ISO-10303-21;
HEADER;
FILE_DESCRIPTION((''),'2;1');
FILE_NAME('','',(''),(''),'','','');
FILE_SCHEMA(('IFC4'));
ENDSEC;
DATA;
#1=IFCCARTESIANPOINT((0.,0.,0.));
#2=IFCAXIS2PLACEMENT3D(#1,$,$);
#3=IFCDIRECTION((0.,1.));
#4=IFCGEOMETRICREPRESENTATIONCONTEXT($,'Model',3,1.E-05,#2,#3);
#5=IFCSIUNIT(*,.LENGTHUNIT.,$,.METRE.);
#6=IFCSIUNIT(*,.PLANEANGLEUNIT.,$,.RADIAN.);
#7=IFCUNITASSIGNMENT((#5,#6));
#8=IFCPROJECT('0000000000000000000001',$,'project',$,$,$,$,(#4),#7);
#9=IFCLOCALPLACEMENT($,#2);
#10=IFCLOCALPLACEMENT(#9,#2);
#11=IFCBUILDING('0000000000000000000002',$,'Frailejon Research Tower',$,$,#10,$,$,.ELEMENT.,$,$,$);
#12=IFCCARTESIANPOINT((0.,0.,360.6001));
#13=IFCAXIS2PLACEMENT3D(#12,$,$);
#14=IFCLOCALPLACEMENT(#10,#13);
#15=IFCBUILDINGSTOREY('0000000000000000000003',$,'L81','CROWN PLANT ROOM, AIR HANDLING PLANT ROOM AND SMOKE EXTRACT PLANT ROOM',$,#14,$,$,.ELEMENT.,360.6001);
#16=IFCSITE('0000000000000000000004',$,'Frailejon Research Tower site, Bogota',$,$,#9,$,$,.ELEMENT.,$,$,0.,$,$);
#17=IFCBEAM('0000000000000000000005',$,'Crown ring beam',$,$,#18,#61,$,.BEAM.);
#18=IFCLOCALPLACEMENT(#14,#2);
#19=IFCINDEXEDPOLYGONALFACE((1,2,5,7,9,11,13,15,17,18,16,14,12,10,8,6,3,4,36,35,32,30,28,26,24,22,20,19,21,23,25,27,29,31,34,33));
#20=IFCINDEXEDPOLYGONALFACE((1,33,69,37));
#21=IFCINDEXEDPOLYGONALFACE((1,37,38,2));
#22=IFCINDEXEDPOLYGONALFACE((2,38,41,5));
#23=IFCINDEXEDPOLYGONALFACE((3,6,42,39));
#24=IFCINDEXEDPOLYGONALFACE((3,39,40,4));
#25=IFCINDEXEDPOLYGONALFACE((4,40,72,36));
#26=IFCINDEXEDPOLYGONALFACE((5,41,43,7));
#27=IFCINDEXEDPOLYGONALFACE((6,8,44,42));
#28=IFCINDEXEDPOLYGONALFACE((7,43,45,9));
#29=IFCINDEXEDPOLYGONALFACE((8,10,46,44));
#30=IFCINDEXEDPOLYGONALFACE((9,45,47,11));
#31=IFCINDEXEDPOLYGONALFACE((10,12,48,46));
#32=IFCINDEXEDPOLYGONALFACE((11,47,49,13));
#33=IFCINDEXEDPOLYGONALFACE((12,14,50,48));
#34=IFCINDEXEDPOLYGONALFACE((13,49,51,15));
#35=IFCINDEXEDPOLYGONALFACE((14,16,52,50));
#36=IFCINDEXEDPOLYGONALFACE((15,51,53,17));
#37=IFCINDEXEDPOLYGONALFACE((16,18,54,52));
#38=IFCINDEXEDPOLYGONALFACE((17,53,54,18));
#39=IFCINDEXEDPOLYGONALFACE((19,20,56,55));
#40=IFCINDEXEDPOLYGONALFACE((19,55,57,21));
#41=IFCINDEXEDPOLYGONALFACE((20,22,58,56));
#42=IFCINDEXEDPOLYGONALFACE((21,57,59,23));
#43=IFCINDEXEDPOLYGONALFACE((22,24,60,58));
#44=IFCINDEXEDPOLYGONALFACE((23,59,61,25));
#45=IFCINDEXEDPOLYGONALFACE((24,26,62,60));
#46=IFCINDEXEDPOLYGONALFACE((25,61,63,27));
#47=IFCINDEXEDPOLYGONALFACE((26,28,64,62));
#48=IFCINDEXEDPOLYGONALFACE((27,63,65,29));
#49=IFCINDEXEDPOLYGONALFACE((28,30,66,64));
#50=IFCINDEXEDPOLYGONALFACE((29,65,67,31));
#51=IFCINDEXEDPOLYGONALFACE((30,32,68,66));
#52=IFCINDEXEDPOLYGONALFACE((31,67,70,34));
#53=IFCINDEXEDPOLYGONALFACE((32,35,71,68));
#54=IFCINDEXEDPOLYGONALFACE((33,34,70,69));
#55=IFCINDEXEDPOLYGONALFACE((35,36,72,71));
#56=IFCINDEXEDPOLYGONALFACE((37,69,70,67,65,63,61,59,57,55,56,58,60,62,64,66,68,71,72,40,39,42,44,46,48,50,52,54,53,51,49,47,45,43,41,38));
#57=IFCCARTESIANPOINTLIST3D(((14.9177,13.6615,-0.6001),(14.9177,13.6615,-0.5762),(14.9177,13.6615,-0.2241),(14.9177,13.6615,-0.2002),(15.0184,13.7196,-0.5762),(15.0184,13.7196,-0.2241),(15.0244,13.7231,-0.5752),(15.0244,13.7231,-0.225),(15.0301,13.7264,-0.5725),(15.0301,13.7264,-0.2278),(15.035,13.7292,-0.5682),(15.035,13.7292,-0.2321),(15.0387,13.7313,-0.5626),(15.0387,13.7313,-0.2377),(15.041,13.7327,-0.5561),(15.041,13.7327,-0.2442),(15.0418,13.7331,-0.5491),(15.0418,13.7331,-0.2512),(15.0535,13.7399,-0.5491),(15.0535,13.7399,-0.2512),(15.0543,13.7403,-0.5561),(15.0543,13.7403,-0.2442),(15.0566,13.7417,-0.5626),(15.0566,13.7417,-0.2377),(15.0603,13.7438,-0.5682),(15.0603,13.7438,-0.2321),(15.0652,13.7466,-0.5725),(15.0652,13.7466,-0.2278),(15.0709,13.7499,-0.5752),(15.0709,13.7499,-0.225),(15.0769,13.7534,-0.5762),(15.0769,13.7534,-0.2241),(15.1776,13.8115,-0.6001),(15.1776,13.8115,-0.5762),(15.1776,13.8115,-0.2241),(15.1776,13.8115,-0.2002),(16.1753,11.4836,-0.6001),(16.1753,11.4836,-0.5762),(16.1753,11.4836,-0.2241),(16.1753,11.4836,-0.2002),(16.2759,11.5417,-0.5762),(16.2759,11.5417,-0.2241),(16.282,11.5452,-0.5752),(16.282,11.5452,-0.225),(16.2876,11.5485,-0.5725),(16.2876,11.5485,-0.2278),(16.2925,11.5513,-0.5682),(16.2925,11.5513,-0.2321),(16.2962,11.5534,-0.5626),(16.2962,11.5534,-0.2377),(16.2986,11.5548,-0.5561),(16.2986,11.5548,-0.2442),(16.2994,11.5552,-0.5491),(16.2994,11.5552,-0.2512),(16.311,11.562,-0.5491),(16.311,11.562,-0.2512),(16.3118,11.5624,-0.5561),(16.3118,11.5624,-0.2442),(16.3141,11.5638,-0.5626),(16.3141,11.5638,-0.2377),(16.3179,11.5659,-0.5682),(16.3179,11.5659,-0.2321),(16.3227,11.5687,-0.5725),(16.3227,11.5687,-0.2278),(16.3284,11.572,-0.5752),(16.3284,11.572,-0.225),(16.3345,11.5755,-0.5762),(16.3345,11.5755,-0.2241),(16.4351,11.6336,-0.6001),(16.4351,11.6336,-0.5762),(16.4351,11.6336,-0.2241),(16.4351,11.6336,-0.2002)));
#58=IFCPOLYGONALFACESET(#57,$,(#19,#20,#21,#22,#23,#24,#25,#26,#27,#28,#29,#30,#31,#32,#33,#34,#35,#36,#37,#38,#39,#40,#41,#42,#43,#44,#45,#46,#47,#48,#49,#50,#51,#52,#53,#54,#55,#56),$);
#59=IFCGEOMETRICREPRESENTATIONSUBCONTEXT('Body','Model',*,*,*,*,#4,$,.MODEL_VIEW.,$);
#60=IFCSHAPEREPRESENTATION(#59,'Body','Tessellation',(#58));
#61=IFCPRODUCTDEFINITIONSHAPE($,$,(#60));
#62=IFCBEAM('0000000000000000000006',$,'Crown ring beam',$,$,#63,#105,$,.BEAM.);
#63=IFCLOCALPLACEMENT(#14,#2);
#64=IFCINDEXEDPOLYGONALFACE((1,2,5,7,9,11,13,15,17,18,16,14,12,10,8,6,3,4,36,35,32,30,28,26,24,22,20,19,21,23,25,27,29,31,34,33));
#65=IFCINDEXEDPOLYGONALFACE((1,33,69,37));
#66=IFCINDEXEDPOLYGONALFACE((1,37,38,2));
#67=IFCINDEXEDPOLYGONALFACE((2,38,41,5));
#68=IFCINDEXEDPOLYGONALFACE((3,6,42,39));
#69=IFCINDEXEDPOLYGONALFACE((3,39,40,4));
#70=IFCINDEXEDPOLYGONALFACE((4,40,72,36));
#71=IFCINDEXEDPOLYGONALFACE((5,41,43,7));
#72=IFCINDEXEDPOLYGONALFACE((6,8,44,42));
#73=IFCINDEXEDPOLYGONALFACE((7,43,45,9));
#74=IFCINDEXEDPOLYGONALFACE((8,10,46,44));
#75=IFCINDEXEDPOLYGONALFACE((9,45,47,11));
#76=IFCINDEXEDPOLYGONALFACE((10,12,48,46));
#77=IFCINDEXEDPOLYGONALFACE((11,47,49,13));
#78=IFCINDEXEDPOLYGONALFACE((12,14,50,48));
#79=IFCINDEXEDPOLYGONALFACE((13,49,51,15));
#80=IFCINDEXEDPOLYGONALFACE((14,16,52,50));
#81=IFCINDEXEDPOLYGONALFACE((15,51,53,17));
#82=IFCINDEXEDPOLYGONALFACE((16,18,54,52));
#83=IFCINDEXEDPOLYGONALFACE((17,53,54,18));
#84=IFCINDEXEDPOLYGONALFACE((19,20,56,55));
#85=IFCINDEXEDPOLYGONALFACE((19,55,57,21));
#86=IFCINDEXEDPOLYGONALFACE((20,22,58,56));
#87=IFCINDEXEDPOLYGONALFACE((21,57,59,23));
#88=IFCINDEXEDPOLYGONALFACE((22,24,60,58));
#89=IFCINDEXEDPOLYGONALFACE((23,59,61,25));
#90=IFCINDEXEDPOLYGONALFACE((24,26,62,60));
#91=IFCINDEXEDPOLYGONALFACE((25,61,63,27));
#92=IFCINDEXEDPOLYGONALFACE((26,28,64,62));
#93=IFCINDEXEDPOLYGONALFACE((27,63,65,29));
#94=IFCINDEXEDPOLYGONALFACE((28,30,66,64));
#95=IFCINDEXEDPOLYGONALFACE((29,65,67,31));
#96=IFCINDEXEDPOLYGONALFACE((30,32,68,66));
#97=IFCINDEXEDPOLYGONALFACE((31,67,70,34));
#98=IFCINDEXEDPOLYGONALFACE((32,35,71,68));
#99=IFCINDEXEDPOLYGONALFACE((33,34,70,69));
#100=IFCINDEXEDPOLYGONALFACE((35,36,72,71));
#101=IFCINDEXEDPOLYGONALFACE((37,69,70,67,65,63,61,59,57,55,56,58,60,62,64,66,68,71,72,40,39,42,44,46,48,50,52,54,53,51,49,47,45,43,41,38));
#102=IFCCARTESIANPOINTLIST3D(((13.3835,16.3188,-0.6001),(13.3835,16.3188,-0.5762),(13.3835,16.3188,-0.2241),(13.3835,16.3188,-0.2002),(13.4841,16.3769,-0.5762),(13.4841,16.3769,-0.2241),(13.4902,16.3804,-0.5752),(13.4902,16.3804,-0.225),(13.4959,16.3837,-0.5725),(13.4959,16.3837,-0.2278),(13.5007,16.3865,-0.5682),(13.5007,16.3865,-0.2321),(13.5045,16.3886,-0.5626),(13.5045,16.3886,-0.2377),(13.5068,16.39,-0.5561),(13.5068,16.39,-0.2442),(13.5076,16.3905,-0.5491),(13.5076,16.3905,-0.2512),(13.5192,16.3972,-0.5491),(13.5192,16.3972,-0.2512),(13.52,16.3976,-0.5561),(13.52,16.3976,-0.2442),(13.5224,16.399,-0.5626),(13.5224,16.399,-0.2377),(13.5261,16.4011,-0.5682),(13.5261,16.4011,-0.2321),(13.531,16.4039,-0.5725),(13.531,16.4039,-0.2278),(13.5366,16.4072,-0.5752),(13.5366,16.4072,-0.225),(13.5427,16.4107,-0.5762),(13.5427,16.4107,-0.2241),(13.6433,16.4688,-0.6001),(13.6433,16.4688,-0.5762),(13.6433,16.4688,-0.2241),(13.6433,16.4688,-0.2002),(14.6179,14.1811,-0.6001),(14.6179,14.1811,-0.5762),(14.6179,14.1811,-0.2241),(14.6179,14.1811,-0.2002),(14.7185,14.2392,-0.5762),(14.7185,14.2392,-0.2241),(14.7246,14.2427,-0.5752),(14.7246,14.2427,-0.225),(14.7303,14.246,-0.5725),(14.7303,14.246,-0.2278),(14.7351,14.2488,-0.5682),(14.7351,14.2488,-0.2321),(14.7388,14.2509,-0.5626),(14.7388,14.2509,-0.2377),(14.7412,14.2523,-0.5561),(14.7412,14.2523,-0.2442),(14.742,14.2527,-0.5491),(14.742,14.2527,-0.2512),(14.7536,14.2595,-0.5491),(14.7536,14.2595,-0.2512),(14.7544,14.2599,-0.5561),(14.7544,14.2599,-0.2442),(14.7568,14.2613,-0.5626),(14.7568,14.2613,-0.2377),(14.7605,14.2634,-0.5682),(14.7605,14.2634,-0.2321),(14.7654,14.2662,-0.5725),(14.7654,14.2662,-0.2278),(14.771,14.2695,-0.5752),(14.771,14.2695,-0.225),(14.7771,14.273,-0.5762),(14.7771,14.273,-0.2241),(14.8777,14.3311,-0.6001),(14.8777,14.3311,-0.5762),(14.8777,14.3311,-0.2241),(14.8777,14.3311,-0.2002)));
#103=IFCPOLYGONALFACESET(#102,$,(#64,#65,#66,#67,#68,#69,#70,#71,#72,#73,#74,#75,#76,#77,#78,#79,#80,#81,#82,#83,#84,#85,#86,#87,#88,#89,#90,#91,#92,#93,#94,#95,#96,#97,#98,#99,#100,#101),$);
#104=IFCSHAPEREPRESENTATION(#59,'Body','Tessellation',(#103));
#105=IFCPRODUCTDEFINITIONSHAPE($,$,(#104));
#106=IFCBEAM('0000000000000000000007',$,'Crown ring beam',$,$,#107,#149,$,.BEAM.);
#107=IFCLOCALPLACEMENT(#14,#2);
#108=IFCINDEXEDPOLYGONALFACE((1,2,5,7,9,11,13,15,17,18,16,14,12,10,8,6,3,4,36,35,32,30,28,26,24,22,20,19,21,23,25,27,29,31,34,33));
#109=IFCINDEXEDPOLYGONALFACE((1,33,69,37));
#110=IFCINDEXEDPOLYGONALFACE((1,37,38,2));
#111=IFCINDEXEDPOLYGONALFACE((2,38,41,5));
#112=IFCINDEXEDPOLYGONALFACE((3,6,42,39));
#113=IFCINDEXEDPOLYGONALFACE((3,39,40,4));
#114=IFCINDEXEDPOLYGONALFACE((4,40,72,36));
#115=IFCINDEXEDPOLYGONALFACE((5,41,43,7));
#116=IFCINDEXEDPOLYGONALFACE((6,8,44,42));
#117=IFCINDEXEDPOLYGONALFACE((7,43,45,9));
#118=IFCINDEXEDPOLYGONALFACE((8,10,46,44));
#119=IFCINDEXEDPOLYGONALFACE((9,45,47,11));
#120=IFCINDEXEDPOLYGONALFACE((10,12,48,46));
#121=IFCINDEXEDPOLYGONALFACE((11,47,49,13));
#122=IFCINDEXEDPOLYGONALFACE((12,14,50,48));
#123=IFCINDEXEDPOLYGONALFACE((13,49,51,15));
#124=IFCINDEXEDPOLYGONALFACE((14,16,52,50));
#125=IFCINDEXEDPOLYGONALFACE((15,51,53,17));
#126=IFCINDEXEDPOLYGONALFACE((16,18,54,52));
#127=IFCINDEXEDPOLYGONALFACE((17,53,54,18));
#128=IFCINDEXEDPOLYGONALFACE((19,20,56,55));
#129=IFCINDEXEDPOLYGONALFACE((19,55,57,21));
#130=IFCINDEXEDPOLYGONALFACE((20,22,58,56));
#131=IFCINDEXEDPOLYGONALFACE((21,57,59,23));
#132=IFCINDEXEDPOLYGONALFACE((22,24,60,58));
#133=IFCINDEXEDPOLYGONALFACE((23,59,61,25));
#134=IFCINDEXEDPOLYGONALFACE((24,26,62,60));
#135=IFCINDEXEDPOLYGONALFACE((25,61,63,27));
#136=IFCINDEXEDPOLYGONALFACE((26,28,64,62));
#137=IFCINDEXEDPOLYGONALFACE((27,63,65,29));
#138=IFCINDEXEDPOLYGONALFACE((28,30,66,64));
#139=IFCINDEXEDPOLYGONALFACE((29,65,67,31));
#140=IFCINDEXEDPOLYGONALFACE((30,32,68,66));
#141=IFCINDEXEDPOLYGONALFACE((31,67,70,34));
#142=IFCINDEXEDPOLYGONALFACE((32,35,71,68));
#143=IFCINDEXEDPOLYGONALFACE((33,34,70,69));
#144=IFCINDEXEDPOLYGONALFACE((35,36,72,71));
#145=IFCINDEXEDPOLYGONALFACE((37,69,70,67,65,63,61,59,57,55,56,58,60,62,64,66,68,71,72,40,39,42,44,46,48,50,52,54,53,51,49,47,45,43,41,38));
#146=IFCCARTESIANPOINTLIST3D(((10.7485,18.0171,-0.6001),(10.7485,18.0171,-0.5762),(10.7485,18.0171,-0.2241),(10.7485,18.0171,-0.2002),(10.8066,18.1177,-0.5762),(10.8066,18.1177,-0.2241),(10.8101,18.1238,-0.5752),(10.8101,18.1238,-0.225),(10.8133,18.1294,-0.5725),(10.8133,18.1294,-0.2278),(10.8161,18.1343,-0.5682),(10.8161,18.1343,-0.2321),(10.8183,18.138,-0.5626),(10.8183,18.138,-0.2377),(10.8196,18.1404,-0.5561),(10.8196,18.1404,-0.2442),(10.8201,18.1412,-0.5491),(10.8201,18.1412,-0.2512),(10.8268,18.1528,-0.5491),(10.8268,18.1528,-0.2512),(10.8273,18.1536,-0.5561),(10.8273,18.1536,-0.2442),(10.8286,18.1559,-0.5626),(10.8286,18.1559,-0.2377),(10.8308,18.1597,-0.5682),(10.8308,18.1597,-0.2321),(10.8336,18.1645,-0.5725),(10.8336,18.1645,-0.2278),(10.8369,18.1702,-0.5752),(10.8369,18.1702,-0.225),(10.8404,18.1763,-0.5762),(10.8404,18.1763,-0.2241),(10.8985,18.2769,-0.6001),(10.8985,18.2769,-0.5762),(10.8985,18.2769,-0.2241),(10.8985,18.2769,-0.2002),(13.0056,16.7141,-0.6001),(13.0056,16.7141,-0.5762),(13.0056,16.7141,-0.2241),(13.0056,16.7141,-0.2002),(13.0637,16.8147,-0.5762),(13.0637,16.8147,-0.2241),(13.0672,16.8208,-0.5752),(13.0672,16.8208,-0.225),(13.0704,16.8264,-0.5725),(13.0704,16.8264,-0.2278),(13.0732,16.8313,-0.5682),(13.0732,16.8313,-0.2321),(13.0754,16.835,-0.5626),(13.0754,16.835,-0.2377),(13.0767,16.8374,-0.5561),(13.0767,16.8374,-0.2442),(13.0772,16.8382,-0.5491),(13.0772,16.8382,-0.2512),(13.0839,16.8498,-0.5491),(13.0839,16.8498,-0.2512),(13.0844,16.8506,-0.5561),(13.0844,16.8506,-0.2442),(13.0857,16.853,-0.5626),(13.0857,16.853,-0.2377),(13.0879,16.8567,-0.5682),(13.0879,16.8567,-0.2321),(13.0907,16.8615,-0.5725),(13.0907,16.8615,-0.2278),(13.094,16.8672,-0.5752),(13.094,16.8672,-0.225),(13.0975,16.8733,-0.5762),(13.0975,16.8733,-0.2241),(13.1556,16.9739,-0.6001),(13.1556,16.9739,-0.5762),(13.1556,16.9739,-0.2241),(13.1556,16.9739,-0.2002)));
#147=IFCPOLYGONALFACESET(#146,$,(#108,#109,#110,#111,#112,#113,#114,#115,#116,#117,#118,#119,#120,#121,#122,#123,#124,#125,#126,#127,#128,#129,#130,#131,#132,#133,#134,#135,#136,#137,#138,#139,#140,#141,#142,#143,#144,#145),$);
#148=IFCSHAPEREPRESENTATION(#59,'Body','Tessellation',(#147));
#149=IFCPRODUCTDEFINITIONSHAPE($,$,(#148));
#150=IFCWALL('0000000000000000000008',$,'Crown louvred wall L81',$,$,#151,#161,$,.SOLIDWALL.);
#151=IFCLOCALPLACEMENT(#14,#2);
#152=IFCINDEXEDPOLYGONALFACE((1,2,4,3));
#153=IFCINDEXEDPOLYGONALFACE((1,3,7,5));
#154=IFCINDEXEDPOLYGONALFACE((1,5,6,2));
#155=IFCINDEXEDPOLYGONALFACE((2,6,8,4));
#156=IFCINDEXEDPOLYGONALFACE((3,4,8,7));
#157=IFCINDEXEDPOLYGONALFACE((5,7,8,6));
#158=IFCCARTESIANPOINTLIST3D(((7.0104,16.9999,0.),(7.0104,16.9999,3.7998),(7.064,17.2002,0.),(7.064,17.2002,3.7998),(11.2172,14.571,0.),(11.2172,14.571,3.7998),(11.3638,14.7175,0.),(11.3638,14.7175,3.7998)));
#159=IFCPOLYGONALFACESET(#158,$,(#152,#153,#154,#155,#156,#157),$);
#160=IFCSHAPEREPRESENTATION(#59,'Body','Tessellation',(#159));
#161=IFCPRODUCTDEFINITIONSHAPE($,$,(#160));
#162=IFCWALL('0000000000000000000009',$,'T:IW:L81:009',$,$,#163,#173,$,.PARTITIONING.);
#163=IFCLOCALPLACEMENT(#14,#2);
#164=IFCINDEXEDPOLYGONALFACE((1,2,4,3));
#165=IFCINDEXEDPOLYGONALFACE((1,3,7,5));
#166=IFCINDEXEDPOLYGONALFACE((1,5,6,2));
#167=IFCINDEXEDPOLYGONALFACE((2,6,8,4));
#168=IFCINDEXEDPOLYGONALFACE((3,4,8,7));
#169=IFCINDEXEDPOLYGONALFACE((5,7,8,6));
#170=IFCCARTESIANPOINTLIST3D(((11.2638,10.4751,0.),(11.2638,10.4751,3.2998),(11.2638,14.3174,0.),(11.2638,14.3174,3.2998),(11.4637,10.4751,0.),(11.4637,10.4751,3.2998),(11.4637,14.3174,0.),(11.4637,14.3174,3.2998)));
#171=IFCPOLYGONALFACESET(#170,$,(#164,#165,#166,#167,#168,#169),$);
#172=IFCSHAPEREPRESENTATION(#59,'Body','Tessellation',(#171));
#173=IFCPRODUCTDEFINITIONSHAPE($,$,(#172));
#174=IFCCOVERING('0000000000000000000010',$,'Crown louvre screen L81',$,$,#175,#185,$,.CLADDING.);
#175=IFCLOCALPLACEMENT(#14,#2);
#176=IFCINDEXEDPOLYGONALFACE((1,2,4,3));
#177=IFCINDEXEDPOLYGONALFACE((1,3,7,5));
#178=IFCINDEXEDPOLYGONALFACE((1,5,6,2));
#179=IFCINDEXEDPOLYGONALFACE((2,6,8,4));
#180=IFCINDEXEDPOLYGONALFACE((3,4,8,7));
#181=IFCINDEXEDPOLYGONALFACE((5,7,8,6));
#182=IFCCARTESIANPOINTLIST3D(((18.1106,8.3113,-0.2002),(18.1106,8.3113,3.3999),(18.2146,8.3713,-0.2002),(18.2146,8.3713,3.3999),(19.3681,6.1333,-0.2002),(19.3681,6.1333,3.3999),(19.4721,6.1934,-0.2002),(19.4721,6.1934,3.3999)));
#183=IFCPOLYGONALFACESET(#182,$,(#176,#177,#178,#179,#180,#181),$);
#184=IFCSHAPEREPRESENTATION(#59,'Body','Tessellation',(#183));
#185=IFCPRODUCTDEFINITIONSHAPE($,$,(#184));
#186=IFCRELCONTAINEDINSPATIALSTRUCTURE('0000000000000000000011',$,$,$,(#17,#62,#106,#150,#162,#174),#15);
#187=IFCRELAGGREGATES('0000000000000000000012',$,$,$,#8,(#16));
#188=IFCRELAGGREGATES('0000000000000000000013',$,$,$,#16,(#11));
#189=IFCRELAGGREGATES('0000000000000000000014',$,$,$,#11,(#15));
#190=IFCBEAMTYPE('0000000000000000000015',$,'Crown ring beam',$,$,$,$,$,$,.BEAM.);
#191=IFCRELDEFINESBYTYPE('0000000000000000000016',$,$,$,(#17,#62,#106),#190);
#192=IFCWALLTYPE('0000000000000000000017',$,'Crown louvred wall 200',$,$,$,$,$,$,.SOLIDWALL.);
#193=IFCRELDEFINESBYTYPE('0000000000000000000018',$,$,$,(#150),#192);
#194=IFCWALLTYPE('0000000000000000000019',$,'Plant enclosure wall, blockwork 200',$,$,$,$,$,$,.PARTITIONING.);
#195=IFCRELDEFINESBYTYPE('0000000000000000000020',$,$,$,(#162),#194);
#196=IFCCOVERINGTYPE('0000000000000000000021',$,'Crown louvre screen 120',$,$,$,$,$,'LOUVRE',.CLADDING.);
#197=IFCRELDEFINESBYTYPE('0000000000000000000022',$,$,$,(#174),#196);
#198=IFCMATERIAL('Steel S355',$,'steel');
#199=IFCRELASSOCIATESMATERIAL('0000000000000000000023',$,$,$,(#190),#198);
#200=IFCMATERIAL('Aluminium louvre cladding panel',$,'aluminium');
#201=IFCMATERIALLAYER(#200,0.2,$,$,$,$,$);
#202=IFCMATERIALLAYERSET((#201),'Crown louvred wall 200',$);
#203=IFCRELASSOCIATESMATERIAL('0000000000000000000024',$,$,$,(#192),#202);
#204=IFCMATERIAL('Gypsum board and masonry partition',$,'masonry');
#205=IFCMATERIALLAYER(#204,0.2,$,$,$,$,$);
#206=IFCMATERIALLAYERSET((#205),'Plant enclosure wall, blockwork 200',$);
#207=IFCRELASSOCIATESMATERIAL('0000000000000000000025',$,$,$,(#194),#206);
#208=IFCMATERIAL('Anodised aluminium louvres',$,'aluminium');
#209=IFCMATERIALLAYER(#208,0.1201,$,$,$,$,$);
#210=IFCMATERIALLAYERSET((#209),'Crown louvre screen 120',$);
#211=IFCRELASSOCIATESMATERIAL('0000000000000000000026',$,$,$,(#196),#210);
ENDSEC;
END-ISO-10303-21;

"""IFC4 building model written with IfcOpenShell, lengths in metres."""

from ifc_helpers import new_model, si_unit, direction, frame, frame_2d, origin, origin_2d, place, context, subcontext, project, spatial, polyline, rectangle, i_section, outline, extrude, material, layer, layer_set, material_profile, profile_set, type_object, element, save


model = new_model("IFC4")

# Units and contexts
model_context = context("Model", 3, precision=1e-05, world=origin(), true_north=direction((0.0, 1.0)))
body_context = subcontext(model_context, "Body", "Model", "MODEL_VIEW")
ifc_project = project(units=[si_unit("LENGTHUNIT", "METRE"), si_unit("PLANEANGLEUNIT", "RADIAN")], contexts=[model_context])

# Site, building, storey
site_placement = place(None, origin())
site = spatial("IfcSite", under=ifc_project, at=site_placement, Name="Frailejon Research Tower site, Bogota", CompositionType="ELEMENT", RefElevation=0.0)
building_placement = place(site_placement, origin())
building = spatial("IfcBuilding", under=site, at=building_placement, Name="Frailejon Research Tower", CompositionType="ELEMENT")
storey_placement = place(building_placement, frame((0.0, 0.0, 360.6001)))
storey = spatial("IfcBuildingStorey", under=building, at=storey_placement, Name="L81", Description="CROWN PLANT ROOM, AIR HANDLING PLANT ROOM AND SMOKE EXTRACT PLANT ROOM", CompositionType="ELEMENT", Elevation=360.6001)

# Beams
ifc_material_1 = material(Name="Steel S355", Category="steel")
ifc_material_profile_1 = material_profile(ifc_material_1, i_section(OverallWidth=0.3, OverallDepth=0.3999, WebThickness=0.0134, FlangeThickness=0.0239, FilletRadius=0.0271, at=origin_2d()), Name="HE 400 B")
ifc_profile_set_1 = profile_set([ifc_material_profile_1], Name="Steel S355")
beam_type_1 = type_object("IfcBeamType", Name="Crown ring beam", PredefinedType="BEAM", material=ifc_profile_set_1)
for number, where, z_axis, x_axis, name in (
    (1, (16.3052, 11.5586, -0.4001), (-0.500033, 0.866006, 0.0), (-0.866006, -0.500033, 0.0), "Crown ring beam"),
):
    element("IfcBeam", number, at=place(storey_placement, frame(where, z_axis=z_axis, x_axis=x_axis)), inside=storey, type_object=beam_type_1, Name=name, PredefinedType="BEAM", context=body_context, shape_type="SweptSolid", body=[
        extrude(i_section(OverallWidth=0.3, OverallDepth=0.3999, WebThickness=0.0134, FlangeThickness=0.0239, FilletRadius=0.0271, at=origin_2d()), origin(), (0.0, 0.0, 1.0), 2.5149),
    ])
beam_1_placement = place(storey_placement, frame((14.7478, 14.2561, -0.4001), z_axis=(-0.500053, 0.865995, 0.0), x_axis=(-0.865995, -0.500053, 0.0)))
element("IfcBeam", 2, at=beam_1_placement, inside=storey, type_object=beam_type_1, Name="Crown ring beam", PredefinedType="BEAM", context=body_context, shape_type="SweptSolid", body=[
    extrude(i_section(OverallWidth=0.3, OverallDepth=0.3999, WebThickness=0.0134, FlangeThickness=0.0239, FilletRadius=0.0271, at=origin_2d()), origin(), (0.0, 0.0, 1.0), 2.4685),
])
beam_2_placement = place(storey_placement, frame((13.0806, 16.844, -0.4001), z_axis=(-0.86605, 0.499958, 0.0), x_axis=(-0.499958, -0.86605, 0.0)))
element("IfcBeam", 3, at=beam_2_placement, inside=storey, type_object=beam_type_1, Name="Crown ring beam", PredefinedType="BEAM", context=body_context, shape_type="SweptSolid", body=[
    extrude(i_section(OverallWidth=0.3, OverallDepth=0.3999, WebThickness=0.0134, FlangeThickness=0.0239, FilletRadius=0.0271, at=origin_2d()), origin(), (0.0, 0.0, 1.0), 2.6062),
])

# Walls
ifc_material_2 = material(Name="Aluminium louvre cladding panel", Category="aluminium")
ifc_layer_1 = layer(ifc_material_2, 0.2)
ifc_layer_set_1 = layer_set([ifc_layer_1], Name="Crown louvred wall 200")
wall_type_1 = type_object("IfcWallType", Name="Crown louvred wall 200", PredefinedType="SOLIDWALL", material=ifc_layer_set_1)
wall_1_placement = place(storey_placement, frame((11.2905, 14.6443, 0.0), z_axis=(0.0, 0.0, 1.0), x_axis=(-0.866017, 0.500015, 0.0)))
element("IfcWall", 4, at=wall_1_placement, inside=storey, type_object=wall_type_1, Name="Crown louvred wall L81", PredefinedType="SOLIDWALL", context=body_context, shape_type="SweptSolid", body=[
    extrude(outline(polyline([(-0.0269, -0.1001), (4.9382, -0.1001), (4.8845, 0.1001), (0.0269, 0.1001), (-0.0269, -0.1001)])), origin(), (0.0, 0.0, 1.0), 3.7998),
])
ifc_material_3 = material(Name="Gypsum board and masonry partition", Category="masonry")
ifc_layer_2 = layer(ifc_material_3, 0.2)
ifc_layer_set_2 = layer_set([ifc_layer_2], Name="Plant enclosure wall, blockwork 200")
wall_type_2 = type_object("IfcWallType", Name="Plant enclosure wall, blockwork 200", PredefinedType="PARTITIONING", material=ifc_layer_set_2)
wall_2_placement = place(storey_placement, frame((11.3638, 10.4751, 0.0), z_axis=(0.0, 0.0, 1.0), x_axis=(0.0, 1.0, 0.0)))
element("IfcWall", 5, at=wall_2_placement, inside=storey, type_object=wall_type_2, Name="T:IW:L81:009", PredefinedType="PARTITIONING", context=body_context, shape_type="SweptSolid", body=[
    extrude(rectangle(XDim=3.8423, YDim=0.2, at=frame_2d((1.9211, 0.0))), origin(), (0.0, 0.0, 1.0), 3.2998),
])

# Covering
ifc_material_4 = material(Name="Anodised aluminium louvres", Category="aluminium")
ifc_layer_3 = layer(ifc_material_4, 0.1201)
ifc_layer_set_3 = layer_set([ifc_layer_3], Name="Crown louvre screen 120")
covering_type = type_object("IfcCoveringType", Name="Crown louvre screen 120", ElementType="LOUVRE", PredefinedType="CLADDING", material=ifc_layer_set_3)
for number, where, z_axis, x_axis, name in (
    (6, (18.1626, 8.3413, -0.2002), (0.500009, -0.86602, 0.0), (0.86602, 0.500009, 0.0), "Crown louvre screen L81"),
):
    element("IfcCovering", number, at=place(storey_placement, frame(where, z_axis=z_axis, x_axis=x_axis)), inside=storey, type_object=covering_type, Name=name, PredefinedType="CLADDING", context=body_context, shape_type="SweptSolid", body=[
        extrude(outline(polyline([(-0.0601, 0.0), (0.0601, 0.0), (0.0601, 3.6001), (-0.0601, 3.6001), (-0.0601, 0.0)])), origin(), (0.0, 0.0, 1.0), 2.5149),
    ])

save(model, "model.ifc")
